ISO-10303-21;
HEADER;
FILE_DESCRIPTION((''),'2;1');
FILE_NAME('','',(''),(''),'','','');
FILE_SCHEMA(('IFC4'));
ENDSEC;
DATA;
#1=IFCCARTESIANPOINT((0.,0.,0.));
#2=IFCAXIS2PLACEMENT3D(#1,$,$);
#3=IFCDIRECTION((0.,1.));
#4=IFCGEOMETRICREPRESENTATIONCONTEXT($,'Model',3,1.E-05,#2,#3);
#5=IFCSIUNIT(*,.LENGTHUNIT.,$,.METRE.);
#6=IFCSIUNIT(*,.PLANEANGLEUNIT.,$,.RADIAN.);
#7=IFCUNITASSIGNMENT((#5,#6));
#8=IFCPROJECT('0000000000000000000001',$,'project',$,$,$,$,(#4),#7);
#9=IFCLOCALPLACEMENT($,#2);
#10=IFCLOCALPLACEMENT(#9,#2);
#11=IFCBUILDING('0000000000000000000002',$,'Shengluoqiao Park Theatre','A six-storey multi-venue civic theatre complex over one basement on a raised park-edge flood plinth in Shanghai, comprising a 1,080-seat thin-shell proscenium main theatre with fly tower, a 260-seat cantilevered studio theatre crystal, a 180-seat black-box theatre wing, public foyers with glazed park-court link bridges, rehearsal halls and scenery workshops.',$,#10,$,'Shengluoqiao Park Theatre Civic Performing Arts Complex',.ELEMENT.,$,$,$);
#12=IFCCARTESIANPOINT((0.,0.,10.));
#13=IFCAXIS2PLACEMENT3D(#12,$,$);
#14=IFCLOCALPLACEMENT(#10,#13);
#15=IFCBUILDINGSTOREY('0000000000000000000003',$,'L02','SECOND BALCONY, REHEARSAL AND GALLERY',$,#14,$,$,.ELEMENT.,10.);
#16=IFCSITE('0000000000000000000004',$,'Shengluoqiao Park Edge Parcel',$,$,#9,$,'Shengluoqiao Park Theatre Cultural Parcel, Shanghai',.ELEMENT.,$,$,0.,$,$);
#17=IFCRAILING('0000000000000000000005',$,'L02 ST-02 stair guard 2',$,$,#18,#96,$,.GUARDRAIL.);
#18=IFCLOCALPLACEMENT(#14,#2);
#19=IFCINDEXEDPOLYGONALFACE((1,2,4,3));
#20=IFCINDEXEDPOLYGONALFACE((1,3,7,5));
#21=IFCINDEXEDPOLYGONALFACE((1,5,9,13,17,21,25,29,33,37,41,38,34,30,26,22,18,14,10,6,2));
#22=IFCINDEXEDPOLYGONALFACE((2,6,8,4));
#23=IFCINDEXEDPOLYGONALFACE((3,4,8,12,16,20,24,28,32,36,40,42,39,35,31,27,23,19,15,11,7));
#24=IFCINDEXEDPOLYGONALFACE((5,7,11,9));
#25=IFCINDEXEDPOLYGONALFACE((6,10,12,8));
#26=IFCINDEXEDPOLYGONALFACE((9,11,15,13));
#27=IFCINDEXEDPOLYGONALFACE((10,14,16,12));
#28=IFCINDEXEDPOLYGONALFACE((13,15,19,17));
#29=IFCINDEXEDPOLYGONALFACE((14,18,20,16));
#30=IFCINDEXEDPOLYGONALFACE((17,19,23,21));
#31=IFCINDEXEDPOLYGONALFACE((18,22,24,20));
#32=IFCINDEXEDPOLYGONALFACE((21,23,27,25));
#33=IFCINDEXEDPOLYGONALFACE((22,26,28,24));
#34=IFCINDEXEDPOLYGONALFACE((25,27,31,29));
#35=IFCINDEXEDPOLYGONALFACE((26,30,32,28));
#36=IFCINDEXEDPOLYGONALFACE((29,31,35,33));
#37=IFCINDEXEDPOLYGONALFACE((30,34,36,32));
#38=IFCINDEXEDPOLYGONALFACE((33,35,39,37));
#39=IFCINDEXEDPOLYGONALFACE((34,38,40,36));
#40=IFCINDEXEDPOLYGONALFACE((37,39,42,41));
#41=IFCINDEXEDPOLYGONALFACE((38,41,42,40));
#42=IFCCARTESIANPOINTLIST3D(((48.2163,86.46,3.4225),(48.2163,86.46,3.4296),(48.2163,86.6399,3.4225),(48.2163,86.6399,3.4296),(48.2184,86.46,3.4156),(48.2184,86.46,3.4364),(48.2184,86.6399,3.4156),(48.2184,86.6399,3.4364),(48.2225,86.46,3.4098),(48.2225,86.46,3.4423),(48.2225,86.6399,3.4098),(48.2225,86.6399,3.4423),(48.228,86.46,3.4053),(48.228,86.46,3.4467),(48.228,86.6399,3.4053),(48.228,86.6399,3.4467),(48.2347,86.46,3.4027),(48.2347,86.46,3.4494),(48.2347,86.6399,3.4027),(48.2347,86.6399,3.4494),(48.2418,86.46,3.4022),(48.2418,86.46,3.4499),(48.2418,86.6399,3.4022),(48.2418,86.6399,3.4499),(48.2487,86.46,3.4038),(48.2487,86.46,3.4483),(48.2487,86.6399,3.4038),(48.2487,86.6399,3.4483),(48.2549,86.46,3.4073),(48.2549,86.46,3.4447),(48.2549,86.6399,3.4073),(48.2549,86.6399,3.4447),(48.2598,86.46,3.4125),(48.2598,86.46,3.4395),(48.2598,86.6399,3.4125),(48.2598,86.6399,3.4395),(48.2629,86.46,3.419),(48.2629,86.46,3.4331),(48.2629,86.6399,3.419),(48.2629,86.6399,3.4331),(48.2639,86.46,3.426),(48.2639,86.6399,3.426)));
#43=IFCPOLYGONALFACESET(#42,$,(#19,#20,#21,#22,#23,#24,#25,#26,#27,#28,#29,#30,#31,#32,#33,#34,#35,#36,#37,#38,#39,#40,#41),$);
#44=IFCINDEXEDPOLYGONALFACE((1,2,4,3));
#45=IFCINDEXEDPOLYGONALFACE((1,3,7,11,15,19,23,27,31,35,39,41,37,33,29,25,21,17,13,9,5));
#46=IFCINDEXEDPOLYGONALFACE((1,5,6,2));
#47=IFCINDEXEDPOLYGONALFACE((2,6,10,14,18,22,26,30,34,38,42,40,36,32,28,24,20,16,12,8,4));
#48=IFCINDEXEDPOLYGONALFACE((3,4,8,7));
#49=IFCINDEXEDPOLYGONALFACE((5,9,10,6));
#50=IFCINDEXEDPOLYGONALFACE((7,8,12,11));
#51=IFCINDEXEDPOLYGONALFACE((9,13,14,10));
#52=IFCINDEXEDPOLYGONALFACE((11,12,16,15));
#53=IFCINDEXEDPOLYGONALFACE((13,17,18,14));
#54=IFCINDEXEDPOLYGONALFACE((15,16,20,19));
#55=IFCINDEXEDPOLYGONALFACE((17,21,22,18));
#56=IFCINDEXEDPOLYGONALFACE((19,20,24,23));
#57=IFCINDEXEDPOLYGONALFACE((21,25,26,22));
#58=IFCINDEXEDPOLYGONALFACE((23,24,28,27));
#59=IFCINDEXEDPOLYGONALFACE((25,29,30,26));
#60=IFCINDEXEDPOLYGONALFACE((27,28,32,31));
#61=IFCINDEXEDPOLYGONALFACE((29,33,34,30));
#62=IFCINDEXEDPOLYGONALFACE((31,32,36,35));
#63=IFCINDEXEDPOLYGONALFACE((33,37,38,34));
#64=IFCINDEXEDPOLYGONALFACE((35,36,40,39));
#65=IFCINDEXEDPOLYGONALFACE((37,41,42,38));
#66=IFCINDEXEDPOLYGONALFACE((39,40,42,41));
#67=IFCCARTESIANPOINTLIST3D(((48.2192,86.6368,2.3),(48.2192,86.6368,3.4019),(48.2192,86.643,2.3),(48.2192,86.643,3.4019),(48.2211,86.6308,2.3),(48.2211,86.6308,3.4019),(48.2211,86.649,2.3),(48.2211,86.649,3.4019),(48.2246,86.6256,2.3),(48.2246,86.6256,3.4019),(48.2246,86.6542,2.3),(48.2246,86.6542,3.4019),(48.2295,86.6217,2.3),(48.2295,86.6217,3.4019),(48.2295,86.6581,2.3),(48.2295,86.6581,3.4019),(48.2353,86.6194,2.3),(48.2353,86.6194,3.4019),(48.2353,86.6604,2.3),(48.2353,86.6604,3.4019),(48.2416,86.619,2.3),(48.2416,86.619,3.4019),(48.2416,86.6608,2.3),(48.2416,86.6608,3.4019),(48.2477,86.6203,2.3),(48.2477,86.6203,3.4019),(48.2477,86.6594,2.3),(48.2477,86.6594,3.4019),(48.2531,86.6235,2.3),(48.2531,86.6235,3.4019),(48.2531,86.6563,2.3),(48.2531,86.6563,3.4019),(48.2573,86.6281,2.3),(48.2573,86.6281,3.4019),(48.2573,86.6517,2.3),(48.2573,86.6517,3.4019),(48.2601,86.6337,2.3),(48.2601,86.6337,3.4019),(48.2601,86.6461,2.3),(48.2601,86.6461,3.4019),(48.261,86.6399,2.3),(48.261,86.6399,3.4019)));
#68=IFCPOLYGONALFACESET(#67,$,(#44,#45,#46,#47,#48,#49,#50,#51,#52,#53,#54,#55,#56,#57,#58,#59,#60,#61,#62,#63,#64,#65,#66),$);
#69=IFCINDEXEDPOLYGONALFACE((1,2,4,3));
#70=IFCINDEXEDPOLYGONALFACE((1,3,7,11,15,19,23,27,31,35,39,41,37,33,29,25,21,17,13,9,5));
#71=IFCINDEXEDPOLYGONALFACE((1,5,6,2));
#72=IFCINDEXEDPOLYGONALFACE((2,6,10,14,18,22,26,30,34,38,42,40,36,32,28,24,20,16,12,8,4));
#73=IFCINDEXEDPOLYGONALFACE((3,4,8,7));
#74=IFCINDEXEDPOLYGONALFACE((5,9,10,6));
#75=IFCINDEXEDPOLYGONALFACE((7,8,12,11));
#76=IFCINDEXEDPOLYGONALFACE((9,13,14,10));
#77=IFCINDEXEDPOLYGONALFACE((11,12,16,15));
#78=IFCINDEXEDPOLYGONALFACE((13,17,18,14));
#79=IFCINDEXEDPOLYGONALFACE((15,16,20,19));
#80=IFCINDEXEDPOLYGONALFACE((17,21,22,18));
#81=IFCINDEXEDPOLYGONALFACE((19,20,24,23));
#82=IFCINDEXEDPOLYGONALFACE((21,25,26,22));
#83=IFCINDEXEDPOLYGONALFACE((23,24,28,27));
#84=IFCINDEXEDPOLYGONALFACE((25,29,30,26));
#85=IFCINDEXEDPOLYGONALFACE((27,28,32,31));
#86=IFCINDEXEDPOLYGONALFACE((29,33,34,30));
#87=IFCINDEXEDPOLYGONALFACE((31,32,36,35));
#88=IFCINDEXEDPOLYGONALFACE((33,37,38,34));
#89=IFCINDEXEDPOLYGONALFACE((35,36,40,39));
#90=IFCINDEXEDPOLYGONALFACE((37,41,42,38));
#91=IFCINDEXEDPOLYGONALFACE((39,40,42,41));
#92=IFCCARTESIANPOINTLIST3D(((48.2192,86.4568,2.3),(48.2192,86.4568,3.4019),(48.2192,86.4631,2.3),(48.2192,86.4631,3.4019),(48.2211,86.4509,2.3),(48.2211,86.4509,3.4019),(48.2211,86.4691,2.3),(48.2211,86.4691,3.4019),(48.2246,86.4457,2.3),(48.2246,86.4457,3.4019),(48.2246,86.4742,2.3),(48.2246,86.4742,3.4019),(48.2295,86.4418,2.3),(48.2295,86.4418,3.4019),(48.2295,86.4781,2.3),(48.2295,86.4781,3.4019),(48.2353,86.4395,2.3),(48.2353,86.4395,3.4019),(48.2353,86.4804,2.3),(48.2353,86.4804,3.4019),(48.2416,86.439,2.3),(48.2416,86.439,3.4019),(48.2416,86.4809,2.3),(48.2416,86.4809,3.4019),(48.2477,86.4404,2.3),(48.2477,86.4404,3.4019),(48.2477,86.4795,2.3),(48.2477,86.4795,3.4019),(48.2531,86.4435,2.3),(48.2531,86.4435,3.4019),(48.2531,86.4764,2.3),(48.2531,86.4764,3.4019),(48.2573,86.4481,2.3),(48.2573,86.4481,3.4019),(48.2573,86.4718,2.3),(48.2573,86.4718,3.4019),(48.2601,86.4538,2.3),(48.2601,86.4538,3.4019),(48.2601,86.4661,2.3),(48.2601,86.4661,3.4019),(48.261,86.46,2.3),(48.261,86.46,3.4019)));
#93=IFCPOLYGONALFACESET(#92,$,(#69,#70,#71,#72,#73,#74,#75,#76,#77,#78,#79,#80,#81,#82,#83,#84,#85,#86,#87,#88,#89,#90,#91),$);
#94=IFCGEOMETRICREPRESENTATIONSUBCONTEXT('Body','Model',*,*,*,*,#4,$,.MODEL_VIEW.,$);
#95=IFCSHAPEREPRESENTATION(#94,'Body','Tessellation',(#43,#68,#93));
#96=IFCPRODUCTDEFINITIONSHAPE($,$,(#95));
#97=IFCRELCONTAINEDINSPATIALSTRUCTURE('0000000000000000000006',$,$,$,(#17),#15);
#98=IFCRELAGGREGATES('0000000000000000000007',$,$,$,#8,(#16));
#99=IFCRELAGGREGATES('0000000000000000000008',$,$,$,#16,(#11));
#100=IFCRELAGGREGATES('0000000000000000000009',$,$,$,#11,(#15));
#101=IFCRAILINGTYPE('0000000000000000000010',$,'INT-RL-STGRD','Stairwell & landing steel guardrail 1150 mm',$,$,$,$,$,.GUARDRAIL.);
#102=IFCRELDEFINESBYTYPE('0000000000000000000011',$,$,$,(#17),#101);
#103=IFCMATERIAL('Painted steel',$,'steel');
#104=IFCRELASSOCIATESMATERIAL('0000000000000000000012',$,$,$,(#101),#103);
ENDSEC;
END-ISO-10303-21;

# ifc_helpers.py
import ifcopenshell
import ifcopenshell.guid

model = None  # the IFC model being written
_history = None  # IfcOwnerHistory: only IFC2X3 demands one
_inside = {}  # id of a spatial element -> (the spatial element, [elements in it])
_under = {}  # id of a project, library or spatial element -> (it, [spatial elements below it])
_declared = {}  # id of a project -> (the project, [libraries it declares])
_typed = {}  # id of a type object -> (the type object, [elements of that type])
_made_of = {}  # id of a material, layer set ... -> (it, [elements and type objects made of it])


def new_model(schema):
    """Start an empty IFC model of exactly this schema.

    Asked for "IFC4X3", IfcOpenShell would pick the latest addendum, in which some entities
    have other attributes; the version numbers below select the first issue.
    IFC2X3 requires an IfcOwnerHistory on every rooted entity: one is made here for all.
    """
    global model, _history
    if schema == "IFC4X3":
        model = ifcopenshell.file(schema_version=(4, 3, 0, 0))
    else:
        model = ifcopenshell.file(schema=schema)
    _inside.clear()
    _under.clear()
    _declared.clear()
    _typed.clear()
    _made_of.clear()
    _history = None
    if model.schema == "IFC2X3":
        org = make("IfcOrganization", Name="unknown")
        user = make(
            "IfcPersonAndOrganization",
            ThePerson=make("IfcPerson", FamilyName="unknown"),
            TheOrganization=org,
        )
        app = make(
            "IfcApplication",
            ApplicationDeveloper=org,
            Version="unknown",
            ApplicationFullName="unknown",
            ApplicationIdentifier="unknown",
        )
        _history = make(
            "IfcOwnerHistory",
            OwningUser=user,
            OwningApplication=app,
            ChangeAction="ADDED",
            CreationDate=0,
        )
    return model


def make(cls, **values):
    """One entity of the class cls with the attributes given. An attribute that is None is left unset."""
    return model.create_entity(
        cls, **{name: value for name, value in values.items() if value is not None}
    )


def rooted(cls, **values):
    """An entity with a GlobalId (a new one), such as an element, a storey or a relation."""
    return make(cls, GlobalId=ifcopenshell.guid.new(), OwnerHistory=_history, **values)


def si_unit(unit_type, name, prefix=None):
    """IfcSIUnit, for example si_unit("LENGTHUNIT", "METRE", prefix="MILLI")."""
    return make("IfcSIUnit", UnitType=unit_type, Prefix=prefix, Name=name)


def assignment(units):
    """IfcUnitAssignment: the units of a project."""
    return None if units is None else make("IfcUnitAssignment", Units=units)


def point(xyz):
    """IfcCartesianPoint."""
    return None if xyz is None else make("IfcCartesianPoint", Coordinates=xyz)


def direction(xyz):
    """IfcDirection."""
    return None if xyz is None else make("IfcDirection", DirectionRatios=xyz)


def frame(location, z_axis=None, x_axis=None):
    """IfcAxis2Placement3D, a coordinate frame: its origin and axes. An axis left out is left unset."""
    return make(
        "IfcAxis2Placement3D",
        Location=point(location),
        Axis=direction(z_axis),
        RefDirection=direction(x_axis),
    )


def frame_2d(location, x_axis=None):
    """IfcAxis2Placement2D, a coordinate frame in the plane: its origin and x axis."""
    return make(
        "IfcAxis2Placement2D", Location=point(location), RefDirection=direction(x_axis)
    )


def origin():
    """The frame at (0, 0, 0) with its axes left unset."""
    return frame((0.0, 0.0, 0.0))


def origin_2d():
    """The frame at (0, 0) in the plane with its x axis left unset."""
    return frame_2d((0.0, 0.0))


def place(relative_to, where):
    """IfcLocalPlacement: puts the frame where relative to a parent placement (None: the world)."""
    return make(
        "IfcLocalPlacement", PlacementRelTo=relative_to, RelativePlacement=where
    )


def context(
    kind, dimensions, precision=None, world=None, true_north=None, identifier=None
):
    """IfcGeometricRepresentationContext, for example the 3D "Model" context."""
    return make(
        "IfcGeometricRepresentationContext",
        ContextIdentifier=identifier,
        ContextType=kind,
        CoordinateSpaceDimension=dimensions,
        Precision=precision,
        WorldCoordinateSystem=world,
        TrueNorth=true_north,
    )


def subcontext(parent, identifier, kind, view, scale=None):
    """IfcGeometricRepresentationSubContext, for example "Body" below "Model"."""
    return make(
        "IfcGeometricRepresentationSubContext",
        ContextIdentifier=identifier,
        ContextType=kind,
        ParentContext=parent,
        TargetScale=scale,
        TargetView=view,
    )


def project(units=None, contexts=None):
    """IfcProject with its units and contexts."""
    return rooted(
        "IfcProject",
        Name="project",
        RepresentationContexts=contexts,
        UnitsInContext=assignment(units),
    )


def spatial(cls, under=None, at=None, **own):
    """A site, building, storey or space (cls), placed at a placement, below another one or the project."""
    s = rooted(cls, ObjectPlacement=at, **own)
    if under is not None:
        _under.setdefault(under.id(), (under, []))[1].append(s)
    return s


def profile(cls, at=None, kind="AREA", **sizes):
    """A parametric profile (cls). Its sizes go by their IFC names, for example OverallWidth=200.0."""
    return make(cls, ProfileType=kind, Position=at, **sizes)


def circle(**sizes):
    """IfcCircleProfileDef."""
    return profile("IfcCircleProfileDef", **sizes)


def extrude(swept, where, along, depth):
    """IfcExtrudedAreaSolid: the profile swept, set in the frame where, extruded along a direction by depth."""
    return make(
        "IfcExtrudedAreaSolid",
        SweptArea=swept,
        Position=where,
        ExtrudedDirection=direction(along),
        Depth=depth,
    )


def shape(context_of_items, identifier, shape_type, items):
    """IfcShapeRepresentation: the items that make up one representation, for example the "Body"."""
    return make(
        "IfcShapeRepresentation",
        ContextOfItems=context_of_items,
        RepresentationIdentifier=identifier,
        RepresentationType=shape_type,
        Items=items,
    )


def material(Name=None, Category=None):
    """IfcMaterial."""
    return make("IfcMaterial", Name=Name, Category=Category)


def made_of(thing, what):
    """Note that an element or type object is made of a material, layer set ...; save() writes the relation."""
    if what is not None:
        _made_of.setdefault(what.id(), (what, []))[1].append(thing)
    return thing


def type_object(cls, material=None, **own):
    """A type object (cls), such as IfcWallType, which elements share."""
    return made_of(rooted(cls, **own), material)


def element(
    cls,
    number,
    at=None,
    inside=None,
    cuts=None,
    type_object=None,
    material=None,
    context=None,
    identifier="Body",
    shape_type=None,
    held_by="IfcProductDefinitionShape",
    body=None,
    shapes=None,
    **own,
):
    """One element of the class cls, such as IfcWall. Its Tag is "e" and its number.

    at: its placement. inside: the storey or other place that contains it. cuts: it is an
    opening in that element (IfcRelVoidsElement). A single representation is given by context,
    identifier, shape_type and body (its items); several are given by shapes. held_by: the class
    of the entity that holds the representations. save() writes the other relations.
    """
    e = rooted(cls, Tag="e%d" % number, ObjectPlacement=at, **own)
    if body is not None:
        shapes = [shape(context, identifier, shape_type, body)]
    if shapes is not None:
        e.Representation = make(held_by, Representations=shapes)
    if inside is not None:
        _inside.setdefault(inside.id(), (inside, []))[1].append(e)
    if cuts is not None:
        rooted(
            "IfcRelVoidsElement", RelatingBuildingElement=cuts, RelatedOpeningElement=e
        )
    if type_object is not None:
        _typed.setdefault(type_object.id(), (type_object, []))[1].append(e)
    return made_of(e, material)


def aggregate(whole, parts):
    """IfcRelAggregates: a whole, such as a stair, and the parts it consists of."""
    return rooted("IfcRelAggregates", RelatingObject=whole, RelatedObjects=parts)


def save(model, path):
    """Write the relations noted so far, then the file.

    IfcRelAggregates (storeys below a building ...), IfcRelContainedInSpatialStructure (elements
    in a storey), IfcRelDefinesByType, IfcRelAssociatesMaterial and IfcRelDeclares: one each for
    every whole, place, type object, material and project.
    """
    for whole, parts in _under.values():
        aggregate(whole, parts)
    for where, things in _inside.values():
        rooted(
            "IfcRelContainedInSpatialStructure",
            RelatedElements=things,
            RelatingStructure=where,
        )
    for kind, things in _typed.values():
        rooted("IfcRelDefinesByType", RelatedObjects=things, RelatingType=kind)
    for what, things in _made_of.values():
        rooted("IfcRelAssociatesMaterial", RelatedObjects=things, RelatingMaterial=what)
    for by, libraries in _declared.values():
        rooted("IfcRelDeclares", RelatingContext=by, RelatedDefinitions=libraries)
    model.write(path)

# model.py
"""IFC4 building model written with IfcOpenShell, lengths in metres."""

from ifc_helpers import new_model, si_unit, direction, frame, origin, origin_2d, place, context, subcontext, project, spatial, circle, extrude, material, type_object, element, save


model = new_model("IFC4")

# Units and contexts
model_context = context("Model", 3, precision=1e-05, world=origin(), true_north=direction((0.0, 1.0)))
body_context = subcontext(model_context, "Body", "Model", "MODEL_VIEW")
ifc_project = project(units=[si_unit("LENGTHUNIT", "METRE"), si_unit("PLANEANGLEUNIT", "RADIAN")], contexts=[model_context])

# Site, building, storey
site_placement = place(None, origin())
site = spatial("IfcSite", under=ifc_project, at=site_placement, Name="Shengluoqiao Park Edge Parcel", LongName="Shengluoqiao Park Theatre Cultural Parcel, Shanghai", CompositionType="ELEMENT", RefElevation=0.0)
building_placement = place(site_placement, origin())
building = spatial("IfcBuilding", under=site, at=building_placement, Name="Shengluoqiao Park Theatre", Description="A six-storey multi-venue civic theatre complex over one basement on a raised park-edge flood plinth in Shanghai, comprising a 1,080-seat thin-shell proscenium main theatre with fly tower, a 260-seat cantilevered studio theatre crystal, a 180-seat black-box theatre wing, public foyers with glazed park-court link bridges, rehearsal halls and scenery workshops.", LongName="Shengluoqiao Park Theatre Civic Performing Arts Complex", CompositionType="ELEMENT")
storey_placement = place(building_placement, frame((0.0, 0.0, 10.0)))
storey = spatial("IfcBuildingStorey", under=building, at=storey_placement, Name="L02", Description="SECOND BALCONY, REHEARSAL AND GALLERY", CompositionType="ELEMENT", Elevation=10.0)

# Railing
ifc_material_1 = material(Name="Painted steel", Category="steel")
railing_type_1 = type_object("IfcRailingType", Name="INT-RL-STGRD", Description="Stairwell & landing steel guardrail 1150 mm", PredefinedType="GUARDRAIL", material=ifc_material_1)
railing_1_placement = place(storey_placement, frame((48.24, 86.6399, 2.3)))
element("IfcRailing", 1, at=railing_1_placement, inside=storey, type_object=railing_type_1, Name="L02 ST-02 stair guard 2", PredefinedType="GUARDRAIL", context=body_context, shape_type="SweptSolid", body=[
    extrude(circle(Radius=0.0239, at=origin_2d()), frame((0.0, 0.0, 1.126), z_axis=(0.0, -1.0, 0.0), x_axis=(1.0, 0.0, 0.0)), (0.0, 0.0, 1.0), 0.1799),
    extrude(circle(Radius=0.021, at=origin_2d()), origin(), (0.0, 0.0, 1.0), 1.1018),
    extrude(circle(Radius=0.021, at=origin_2d()), frame((0.0, -0.1799, 0.0)), (0.0, 0.0, 1.0), 1.1018),
])

save(model, "model.ifc")
